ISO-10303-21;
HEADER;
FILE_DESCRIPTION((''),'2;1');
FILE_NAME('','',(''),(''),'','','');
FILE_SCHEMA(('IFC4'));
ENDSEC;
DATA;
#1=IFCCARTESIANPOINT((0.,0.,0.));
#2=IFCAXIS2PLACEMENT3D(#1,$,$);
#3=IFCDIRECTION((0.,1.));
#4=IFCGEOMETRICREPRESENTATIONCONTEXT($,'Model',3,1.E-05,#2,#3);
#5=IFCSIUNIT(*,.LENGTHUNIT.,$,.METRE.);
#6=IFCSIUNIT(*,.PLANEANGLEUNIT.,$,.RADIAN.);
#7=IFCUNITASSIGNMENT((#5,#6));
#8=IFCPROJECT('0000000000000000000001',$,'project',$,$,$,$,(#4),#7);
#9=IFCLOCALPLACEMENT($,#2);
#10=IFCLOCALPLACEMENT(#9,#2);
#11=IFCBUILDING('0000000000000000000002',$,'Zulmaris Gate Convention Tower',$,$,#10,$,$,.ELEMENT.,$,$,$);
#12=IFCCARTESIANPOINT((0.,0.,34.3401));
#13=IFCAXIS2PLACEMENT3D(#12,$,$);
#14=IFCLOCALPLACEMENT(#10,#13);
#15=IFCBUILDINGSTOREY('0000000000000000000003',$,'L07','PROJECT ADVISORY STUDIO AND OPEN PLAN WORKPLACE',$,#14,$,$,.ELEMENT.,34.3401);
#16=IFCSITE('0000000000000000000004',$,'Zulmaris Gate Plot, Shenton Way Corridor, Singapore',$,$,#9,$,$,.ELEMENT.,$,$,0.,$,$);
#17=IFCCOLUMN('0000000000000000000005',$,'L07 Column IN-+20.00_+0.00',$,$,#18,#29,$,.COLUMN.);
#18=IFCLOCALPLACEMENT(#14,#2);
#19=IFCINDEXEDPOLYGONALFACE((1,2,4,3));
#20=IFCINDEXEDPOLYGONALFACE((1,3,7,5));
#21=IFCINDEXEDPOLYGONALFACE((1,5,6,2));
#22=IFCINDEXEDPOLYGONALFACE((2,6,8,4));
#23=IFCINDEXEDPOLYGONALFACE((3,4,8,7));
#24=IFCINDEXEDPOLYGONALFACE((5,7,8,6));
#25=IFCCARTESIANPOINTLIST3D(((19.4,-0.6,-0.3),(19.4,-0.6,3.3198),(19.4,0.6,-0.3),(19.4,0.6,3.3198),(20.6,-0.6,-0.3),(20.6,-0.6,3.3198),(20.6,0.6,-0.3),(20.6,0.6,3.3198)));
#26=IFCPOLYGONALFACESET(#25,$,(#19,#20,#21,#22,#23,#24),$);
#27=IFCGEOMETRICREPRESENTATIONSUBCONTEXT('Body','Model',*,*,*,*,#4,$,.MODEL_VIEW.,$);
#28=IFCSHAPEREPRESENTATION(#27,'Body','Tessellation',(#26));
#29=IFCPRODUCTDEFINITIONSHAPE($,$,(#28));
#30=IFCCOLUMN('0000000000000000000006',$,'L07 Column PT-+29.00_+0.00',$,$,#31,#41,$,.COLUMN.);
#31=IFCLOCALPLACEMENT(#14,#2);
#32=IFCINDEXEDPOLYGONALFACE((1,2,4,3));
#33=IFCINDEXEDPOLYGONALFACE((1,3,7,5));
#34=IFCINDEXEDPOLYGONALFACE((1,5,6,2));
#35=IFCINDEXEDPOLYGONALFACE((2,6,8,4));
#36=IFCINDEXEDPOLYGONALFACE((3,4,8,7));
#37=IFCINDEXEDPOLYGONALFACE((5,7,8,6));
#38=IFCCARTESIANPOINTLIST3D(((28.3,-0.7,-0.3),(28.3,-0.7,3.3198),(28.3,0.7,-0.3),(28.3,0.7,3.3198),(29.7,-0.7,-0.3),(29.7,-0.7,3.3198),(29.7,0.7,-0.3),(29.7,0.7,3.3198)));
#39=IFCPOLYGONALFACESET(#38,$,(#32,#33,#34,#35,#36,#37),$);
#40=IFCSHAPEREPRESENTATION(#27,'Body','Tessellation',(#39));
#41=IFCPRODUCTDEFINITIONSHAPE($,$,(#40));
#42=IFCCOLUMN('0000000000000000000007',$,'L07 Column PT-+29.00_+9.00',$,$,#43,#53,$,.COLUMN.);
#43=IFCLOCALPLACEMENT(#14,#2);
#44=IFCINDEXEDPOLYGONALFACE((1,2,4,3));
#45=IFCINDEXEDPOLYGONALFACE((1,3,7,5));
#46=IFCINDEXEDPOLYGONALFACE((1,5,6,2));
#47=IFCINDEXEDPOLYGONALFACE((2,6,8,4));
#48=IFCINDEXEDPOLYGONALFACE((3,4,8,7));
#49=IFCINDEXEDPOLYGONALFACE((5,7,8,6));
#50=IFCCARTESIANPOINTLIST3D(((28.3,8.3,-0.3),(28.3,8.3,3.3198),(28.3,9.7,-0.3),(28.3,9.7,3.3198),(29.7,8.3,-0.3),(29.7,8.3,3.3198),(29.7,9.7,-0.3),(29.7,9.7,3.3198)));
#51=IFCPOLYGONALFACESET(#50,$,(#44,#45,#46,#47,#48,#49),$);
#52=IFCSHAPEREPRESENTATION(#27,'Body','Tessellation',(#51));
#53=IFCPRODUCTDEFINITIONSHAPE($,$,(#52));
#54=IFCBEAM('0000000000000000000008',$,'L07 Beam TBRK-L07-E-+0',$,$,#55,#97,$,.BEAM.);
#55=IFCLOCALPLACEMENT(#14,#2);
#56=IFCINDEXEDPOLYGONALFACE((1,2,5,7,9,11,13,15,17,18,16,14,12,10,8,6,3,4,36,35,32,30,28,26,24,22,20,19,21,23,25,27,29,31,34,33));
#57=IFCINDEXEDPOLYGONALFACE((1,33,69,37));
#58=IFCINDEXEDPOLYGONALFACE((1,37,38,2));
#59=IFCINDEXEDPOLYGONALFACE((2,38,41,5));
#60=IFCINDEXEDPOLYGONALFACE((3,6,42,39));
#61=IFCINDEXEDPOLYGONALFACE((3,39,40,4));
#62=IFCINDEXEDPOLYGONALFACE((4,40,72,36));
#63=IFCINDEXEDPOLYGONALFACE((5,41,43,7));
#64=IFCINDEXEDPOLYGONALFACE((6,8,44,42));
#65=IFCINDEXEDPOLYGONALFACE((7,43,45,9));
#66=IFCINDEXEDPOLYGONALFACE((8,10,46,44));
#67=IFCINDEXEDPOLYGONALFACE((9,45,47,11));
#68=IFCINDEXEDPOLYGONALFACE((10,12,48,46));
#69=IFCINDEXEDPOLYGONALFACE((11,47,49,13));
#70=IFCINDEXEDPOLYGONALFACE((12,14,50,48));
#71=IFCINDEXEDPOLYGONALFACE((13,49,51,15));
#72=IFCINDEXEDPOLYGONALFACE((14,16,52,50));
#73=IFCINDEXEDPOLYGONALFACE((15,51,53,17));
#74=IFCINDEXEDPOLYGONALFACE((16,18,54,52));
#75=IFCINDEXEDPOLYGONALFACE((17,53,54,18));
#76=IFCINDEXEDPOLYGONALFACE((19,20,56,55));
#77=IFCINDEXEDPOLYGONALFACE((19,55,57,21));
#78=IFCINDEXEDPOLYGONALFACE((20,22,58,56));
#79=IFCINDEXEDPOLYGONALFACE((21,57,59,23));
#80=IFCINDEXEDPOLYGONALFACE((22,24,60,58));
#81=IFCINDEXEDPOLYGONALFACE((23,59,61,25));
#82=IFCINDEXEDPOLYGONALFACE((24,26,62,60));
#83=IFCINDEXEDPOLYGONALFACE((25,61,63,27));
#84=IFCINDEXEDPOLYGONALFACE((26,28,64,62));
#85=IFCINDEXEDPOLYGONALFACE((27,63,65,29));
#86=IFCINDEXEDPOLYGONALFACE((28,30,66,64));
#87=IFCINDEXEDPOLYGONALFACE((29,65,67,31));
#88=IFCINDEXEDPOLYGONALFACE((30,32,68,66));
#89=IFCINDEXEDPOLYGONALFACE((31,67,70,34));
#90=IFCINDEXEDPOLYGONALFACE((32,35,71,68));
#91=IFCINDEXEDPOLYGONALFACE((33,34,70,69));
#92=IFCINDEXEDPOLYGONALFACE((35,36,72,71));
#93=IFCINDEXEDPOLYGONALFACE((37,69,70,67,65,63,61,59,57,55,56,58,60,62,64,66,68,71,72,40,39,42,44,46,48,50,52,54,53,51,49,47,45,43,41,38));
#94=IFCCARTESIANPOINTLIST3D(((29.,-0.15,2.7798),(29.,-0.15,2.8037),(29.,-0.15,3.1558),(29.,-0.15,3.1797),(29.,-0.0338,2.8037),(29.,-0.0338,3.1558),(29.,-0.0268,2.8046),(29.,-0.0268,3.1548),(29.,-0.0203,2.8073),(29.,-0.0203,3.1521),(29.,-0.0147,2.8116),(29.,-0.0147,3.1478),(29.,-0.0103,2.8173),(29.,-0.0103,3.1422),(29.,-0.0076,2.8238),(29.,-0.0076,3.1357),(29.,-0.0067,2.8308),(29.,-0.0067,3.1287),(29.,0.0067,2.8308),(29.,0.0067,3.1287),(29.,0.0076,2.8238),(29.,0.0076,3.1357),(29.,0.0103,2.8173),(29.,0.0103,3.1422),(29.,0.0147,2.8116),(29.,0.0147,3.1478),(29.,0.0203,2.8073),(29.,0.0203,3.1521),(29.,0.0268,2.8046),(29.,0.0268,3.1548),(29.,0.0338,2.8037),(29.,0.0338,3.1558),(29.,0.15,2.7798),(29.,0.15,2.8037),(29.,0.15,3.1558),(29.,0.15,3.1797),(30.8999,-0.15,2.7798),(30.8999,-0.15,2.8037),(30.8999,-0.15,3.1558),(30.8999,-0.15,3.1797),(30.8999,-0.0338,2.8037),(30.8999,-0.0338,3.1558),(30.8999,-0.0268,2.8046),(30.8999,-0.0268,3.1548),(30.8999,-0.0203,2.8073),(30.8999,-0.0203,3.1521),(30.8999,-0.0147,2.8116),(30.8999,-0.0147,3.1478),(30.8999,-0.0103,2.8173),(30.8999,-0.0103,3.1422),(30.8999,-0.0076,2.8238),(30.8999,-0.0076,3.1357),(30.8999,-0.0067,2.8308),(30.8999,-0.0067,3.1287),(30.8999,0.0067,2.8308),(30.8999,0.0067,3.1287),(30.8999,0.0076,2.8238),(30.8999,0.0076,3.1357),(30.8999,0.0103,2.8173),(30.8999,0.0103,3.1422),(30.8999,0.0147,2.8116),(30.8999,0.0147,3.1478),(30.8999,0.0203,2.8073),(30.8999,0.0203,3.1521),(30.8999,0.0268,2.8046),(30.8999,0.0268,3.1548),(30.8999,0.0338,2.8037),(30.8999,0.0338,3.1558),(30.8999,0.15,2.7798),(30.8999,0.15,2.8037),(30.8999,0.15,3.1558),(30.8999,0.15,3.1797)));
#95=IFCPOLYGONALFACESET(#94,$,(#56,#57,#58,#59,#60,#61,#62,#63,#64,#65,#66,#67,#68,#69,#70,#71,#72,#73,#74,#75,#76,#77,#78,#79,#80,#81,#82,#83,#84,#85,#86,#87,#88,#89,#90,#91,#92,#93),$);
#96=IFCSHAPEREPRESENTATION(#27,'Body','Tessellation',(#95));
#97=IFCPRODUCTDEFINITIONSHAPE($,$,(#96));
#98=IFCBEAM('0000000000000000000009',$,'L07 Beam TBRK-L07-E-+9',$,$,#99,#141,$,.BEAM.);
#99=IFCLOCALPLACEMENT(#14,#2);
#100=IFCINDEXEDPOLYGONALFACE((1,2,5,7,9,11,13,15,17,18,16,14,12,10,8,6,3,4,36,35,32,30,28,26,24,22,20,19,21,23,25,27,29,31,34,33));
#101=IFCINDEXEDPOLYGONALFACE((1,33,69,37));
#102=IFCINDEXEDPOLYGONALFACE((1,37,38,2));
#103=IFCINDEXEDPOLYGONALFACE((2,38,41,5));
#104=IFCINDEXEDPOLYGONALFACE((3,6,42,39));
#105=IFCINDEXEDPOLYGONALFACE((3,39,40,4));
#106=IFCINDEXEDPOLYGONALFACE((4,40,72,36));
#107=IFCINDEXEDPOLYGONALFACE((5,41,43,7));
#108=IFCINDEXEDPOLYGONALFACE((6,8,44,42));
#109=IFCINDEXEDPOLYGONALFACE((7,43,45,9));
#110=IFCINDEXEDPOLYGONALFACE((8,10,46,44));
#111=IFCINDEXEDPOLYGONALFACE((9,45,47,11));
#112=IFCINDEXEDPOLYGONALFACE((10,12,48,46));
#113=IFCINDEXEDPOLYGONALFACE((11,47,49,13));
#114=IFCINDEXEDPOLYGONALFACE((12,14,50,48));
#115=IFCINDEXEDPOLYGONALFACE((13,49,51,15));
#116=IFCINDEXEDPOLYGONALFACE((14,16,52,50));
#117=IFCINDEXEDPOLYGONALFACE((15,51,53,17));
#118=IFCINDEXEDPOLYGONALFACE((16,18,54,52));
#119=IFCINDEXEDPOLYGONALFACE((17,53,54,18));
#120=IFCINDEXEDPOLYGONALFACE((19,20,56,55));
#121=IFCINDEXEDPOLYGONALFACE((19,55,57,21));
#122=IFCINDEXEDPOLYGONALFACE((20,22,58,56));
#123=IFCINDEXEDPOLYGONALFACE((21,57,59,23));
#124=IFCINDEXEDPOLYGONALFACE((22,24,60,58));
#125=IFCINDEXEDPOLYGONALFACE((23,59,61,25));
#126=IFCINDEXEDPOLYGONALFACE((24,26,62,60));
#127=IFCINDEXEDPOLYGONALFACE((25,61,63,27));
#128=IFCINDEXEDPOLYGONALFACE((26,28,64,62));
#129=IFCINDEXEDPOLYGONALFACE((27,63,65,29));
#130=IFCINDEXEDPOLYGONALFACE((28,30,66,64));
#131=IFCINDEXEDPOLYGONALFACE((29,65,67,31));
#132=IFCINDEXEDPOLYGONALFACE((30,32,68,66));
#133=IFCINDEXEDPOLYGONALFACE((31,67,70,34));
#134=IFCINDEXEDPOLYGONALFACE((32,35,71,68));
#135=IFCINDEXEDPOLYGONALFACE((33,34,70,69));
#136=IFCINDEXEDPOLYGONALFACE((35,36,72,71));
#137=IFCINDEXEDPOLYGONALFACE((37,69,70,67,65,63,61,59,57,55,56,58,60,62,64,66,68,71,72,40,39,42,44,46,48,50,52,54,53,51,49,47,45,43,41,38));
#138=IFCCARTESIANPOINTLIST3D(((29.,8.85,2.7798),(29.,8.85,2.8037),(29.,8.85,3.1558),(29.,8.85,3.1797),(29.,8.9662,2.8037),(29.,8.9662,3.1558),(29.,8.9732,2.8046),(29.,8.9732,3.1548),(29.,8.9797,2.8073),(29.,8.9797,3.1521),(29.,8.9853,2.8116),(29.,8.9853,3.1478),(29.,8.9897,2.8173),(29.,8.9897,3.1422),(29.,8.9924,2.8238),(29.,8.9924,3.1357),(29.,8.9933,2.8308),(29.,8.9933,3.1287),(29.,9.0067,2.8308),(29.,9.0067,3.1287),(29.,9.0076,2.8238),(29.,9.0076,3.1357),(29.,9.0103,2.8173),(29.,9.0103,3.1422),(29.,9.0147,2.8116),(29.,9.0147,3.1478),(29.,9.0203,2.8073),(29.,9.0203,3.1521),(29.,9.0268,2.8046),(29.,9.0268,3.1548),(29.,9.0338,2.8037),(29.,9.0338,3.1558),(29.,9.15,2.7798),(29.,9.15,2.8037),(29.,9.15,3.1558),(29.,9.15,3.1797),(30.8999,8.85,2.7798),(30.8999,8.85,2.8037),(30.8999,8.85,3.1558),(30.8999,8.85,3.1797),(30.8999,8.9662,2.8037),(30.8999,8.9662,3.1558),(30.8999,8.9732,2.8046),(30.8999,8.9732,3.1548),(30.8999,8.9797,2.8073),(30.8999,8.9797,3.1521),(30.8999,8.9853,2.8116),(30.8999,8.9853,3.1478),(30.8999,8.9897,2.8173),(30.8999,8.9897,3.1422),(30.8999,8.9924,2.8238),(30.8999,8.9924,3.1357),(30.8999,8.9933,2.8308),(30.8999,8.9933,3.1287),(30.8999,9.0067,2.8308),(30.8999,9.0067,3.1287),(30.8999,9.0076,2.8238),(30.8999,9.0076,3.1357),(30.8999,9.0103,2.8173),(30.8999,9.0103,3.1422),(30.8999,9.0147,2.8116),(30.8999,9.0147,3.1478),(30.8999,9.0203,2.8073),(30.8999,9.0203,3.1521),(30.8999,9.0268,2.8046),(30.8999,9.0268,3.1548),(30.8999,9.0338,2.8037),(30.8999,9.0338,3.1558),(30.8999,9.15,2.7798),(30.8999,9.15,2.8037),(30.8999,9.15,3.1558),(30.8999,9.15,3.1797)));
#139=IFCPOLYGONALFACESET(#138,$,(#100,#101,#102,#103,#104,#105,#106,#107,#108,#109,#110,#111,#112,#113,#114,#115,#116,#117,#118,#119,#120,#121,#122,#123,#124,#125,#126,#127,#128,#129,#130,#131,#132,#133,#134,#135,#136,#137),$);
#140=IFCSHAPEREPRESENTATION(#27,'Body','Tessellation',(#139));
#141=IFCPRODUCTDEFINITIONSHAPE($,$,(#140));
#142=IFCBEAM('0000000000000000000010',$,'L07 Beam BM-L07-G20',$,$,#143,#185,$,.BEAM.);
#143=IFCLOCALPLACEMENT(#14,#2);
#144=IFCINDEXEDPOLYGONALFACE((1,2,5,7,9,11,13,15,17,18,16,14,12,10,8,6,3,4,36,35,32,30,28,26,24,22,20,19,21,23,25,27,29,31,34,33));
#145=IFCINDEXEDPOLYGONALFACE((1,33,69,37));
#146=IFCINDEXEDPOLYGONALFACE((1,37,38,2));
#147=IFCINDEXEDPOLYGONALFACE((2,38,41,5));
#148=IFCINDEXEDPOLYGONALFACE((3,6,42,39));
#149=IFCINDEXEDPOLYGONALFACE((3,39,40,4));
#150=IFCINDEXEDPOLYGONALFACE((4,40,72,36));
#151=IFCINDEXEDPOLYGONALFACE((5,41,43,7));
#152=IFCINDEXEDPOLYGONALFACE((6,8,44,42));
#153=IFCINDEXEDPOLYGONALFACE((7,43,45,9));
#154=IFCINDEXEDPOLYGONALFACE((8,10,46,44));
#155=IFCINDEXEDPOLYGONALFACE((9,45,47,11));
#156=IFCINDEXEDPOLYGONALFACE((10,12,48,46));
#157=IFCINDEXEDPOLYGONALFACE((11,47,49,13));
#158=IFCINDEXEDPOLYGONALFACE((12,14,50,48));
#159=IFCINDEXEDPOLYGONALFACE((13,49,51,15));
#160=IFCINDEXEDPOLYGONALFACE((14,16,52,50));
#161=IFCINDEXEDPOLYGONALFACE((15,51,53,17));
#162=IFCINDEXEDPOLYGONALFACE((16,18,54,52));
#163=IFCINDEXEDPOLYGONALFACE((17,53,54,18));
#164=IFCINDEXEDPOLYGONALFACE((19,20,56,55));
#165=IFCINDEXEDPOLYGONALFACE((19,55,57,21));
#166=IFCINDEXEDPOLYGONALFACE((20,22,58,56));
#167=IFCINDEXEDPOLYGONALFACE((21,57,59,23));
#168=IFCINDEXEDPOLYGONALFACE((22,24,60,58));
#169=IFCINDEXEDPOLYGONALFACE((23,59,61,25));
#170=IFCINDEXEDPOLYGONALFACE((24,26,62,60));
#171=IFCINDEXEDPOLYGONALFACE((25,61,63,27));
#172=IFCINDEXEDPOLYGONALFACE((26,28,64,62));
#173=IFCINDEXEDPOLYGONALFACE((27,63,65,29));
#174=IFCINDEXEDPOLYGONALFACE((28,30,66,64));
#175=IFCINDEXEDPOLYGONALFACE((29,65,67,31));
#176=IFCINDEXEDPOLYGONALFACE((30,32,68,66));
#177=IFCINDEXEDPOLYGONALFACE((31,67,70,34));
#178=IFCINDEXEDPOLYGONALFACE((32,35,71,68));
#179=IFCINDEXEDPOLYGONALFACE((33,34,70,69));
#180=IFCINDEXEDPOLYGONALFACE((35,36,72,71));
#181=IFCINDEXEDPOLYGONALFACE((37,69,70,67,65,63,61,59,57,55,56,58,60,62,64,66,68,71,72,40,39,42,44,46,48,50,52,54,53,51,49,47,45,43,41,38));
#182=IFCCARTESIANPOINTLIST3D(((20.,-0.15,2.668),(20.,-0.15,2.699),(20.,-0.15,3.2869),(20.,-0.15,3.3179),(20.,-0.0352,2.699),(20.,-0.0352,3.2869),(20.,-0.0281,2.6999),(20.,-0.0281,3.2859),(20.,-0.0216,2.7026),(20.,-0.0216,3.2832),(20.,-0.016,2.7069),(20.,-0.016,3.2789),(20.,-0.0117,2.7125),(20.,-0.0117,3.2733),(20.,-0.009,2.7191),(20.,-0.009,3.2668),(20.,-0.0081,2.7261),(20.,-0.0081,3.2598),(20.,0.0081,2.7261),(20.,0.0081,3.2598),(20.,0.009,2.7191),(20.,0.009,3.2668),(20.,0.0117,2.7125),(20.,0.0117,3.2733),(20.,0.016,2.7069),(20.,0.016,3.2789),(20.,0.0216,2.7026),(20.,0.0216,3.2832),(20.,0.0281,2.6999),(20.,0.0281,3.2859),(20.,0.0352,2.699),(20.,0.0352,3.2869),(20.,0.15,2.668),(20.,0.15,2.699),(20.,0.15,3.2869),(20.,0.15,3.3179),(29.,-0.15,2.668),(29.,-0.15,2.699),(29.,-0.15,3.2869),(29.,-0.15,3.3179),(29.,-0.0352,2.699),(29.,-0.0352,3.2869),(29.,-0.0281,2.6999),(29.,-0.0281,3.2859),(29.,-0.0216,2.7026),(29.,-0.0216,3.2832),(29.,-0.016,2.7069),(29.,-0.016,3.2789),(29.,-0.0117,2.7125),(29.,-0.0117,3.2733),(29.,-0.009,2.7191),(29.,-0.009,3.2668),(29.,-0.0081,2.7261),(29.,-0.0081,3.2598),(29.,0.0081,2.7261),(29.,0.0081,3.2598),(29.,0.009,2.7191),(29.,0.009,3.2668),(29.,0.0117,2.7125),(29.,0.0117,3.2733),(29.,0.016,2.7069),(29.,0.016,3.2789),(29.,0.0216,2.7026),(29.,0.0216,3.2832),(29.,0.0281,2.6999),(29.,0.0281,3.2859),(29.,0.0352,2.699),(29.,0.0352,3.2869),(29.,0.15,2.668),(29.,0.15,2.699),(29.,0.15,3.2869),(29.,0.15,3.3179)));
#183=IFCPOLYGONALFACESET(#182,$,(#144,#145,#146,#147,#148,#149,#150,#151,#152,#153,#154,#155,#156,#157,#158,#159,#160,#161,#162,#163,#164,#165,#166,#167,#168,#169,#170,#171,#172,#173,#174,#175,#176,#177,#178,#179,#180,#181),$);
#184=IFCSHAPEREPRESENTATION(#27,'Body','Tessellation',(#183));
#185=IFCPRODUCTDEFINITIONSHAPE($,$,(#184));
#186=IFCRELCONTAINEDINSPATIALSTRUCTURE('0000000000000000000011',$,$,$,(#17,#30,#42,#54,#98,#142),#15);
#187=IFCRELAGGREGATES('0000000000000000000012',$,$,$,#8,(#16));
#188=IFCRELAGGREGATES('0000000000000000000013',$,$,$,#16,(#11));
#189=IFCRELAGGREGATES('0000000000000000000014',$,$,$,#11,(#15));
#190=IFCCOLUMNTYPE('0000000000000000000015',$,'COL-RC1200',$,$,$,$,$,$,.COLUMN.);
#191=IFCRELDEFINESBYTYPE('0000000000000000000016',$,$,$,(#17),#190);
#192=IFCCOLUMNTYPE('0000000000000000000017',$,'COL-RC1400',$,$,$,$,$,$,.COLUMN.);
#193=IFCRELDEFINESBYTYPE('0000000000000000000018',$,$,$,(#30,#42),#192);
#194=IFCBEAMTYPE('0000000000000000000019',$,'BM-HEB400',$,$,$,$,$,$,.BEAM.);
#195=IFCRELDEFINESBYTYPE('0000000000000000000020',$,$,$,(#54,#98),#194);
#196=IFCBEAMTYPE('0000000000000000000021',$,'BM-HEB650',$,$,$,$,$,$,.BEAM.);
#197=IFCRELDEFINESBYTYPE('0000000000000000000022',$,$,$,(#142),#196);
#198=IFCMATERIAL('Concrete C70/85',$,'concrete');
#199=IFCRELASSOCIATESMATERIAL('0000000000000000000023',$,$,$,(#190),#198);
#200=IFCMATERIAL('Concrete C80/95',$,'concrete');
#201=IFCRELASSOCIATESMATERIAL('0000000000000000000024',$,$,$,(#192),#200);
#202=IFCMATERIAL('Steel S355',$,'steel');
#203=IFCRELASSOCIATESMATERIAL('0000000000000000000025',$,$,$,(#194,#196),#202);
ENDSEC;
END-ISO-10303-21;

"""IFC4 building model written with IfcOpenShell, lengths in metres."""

from ifc_helpers import new_model, si_unit, direction, frame, origin, origin_2d, place, context, subcontext, project, spatial, rectangle, i_section, extrude, material, material_profile, profile_set, type_object, element, save


model = new_model("IFC4")

# Units and contexts
model_context = context("Model", 3, precision=1e-05, world=origin(), true_north=direction((0.0, 1.0)))
body_context = subcontext(model_context, "Body", "Model", "MODEL_VIEW")
ifc_project = project(units=[si_unit("LENGTHUNIT", "METRE"), si_unit("PLANEANGLEUNIT", "RADIAN")], contexts=[model_context])

# Site, building, storey
site_placement = place(None, origin())
site = spatial("IfcSite", under=ifc_project, at=site_placement, Name="Zulmaris Gate Plot, Shenton Way Corridor, Singapore", CompositionType="ELEMENT", RefElevation=0.0)
building_placement = place(site_placement, origin())
building = spatial("IfcBuilding", under=site, at=building_placement, Name="Zulmaris Gate Convention Tower", CompositionType="ELEMENT")
storey_placement = place(building_placement, frame((0.0, 0.0, 34.3401)))
storey = spatial("IfcBuildingStorey", under=building, at=storey_placement, Name="L07", Description="PROJECT ADVISORY STUDIO AND OPEN PLAN WORKPLACE", CompositionType="ELEMENT", Elevation=34.3401)

# Columns
ifc_material_1 = material(Name="Concrete C70/85", Category="concrete")
ifc_material_profile_1 = material_profile(ifc_material_1, rectangle(XDim=1.2, YDim=1.2, at=origin_2d()), Name="RC COL 1200x1200")
ifc_profile_set_1 = profile_set([ifc_material_profile_1], Name="Concrete C70/85")
column_type_1 = type_object("IfcColumnType", Name="COL-RC1200", PredefinedType="COLUMN", material=ifc_profile_set_1)
column_placement = place(storey_placement, frame((20.0, 0.0, -0.3), z_axis=(0.0, 0.0, 1.0), x_axis=(1.0, 0.0, 0.0)))
element("IfcColumn", 1, at=column_placement, inside=storey, type_object=column_type_1, Name="L07 Column IN-+20.00_+0.00", PredefinedType="COLUMN", context=body_context, shape_type="SweptSolid", body=[
    extrude(rectangle(XDim=1.2, YDim=1.2, at=origin_2d()), origin(), (0.0, 0.0, 1.0), 3.6199),
])
ifc_material_2 = material(Name="Concrete C80/95", Category="concrete")
ifc_material_profile_2 = material_profile(ifc_material_2, rectangle(XDim=1.3999, YDim=1.3999, at=origin_2d()), Name="RC COL 1400x1400")
ifc_profile_set_2 = profile_set([ifc_material_profile_2], Name="Concrete C80/95")
column_type_2 = type_object("IfcColumnType", Name="COL-RC1400", PredefinedType="COLUMN", material=ifc_profile_set_2)
for number, where, z_axis, x_axis, name in (
    (2, (29.0, 0.0, -0.3), (0.0, 0.0, 1.0), (1.0, 0.0, 0.0), "L07 Column PT-+29.00_+0.00"),
    (3, (29.0, 9.0, -0.3), (0.0, 0.0, 1.0), (1.0, 0.0, 0.0), "L07 Column PT-+29.00_+9.00"),
):
    element("IfcColumn", number, at=place(storey_placement, frame(where, z_axis=z_axis, x_axis=x_axis)), inside=storey, type_object=column_type_2, Name=name, PredefinedType="COLUMN", context=body_context, shape_type="SweptSolid", body=[
        extrude(rectangle(XDim=1.3999, YDim=1.3999, at=origin_2d()), origin(), (0.0, 0.0, 1.0), 3.6199),
    ])

# Beams
ifc_material_3 = material(Name="Steel S355", Category="steel")
ifc_material_profile_3 = material_profile(ifc_material_3, i_section(OverallWidth=0.3, OverallDepth=0.3999, WebThickness=0.0134, FlangeThickness=0.0239, FilletRadius=0.0271, at=origin_2d()), Name="HEB 400")
ifc_profile_set_3 = profile_set([ifc_material_profile_3], Name="Steel S355")
beam_type_1 = type_object("IfcBeamType", Name="BM-HEB400", PredefinedType="BEAM", material=ifc_profile_set_3)
for number, where, z_axis, x_axis, name in (
    (4, (29.0, 0.0, 2.9797), (1.0, 0.0, 0.0), (0.0, 1.0, 0.0), "L07 Beam TBRK-L07-E-+0"),
    (5, (29.0, 9.0, 2.9797), (1.0, 0.0, 0.0), (0.0, 1.0, 0.0), "L07 Beam TBRK-L07-E-+9"),
):
    element("IfcBeam", number, at=place(storey_placement, frame(where, z_axis=z_axis, x_axis=x_axis)), inside=storey, type_object=beam_type_1, Name=name, PredefinedType="BEAM", context=body_context, shape_type="SweptSolid", body=[
        extrude(i_section(OverallWidth=0.3, OverallDepth=0.3999, WebThickness=0.0134, FlangeThickness=0.0239, FilletRadius=0.0271, at=origin_2d()), origin(), (0.0, 0.0, 1.0), 1.8999),
    ])
ifc_material_profile_4 = material_profile(ifc_material_3, i_section(OverallWidth=0.3, OverallDepth=0.6499, WebThickness=0.0161, FlangeThickness=0.031, FilletRadius=0.0271, at=origin_2d()), Name="HEB 650")
ifc_profile_set_4 = profile_set([ifc_material_profile_4], Name="Steel S355")
beam_type_2 = type_object("IfcBeamType", Name="BM-HEB650", PredefinedType="BEAM", material=ifc_profile_set_4)
for number, where, z_axis, x_axis, name in (
    (6, (20.0, 0.0, 2.9929), (1.0, 0.0, 0.0), (0.0, 1.0, 0.0), "L07 Beam BM-L07-G20"),
):
    element("IfcBeam", number, at=place(storey_placement, frame(where, z_axis=z_axis, x_axis=x_axis)), inside=storey, type_object=beam_type_2, Name=name, PredefinedType="BEAM", context=body_context, shape_type="SweptSolid", body=[
        extrude(i_section(OverallWidth=0.3, OverallDepth=0.6499, WebThickness=0.0161, FlangeThickness=0.031, FilletRadius=0.0271, at=origin_2d()), origin(), (0.0, 0.0, 1.0), 9.0),
    ])

save(model, "model.ifc")
